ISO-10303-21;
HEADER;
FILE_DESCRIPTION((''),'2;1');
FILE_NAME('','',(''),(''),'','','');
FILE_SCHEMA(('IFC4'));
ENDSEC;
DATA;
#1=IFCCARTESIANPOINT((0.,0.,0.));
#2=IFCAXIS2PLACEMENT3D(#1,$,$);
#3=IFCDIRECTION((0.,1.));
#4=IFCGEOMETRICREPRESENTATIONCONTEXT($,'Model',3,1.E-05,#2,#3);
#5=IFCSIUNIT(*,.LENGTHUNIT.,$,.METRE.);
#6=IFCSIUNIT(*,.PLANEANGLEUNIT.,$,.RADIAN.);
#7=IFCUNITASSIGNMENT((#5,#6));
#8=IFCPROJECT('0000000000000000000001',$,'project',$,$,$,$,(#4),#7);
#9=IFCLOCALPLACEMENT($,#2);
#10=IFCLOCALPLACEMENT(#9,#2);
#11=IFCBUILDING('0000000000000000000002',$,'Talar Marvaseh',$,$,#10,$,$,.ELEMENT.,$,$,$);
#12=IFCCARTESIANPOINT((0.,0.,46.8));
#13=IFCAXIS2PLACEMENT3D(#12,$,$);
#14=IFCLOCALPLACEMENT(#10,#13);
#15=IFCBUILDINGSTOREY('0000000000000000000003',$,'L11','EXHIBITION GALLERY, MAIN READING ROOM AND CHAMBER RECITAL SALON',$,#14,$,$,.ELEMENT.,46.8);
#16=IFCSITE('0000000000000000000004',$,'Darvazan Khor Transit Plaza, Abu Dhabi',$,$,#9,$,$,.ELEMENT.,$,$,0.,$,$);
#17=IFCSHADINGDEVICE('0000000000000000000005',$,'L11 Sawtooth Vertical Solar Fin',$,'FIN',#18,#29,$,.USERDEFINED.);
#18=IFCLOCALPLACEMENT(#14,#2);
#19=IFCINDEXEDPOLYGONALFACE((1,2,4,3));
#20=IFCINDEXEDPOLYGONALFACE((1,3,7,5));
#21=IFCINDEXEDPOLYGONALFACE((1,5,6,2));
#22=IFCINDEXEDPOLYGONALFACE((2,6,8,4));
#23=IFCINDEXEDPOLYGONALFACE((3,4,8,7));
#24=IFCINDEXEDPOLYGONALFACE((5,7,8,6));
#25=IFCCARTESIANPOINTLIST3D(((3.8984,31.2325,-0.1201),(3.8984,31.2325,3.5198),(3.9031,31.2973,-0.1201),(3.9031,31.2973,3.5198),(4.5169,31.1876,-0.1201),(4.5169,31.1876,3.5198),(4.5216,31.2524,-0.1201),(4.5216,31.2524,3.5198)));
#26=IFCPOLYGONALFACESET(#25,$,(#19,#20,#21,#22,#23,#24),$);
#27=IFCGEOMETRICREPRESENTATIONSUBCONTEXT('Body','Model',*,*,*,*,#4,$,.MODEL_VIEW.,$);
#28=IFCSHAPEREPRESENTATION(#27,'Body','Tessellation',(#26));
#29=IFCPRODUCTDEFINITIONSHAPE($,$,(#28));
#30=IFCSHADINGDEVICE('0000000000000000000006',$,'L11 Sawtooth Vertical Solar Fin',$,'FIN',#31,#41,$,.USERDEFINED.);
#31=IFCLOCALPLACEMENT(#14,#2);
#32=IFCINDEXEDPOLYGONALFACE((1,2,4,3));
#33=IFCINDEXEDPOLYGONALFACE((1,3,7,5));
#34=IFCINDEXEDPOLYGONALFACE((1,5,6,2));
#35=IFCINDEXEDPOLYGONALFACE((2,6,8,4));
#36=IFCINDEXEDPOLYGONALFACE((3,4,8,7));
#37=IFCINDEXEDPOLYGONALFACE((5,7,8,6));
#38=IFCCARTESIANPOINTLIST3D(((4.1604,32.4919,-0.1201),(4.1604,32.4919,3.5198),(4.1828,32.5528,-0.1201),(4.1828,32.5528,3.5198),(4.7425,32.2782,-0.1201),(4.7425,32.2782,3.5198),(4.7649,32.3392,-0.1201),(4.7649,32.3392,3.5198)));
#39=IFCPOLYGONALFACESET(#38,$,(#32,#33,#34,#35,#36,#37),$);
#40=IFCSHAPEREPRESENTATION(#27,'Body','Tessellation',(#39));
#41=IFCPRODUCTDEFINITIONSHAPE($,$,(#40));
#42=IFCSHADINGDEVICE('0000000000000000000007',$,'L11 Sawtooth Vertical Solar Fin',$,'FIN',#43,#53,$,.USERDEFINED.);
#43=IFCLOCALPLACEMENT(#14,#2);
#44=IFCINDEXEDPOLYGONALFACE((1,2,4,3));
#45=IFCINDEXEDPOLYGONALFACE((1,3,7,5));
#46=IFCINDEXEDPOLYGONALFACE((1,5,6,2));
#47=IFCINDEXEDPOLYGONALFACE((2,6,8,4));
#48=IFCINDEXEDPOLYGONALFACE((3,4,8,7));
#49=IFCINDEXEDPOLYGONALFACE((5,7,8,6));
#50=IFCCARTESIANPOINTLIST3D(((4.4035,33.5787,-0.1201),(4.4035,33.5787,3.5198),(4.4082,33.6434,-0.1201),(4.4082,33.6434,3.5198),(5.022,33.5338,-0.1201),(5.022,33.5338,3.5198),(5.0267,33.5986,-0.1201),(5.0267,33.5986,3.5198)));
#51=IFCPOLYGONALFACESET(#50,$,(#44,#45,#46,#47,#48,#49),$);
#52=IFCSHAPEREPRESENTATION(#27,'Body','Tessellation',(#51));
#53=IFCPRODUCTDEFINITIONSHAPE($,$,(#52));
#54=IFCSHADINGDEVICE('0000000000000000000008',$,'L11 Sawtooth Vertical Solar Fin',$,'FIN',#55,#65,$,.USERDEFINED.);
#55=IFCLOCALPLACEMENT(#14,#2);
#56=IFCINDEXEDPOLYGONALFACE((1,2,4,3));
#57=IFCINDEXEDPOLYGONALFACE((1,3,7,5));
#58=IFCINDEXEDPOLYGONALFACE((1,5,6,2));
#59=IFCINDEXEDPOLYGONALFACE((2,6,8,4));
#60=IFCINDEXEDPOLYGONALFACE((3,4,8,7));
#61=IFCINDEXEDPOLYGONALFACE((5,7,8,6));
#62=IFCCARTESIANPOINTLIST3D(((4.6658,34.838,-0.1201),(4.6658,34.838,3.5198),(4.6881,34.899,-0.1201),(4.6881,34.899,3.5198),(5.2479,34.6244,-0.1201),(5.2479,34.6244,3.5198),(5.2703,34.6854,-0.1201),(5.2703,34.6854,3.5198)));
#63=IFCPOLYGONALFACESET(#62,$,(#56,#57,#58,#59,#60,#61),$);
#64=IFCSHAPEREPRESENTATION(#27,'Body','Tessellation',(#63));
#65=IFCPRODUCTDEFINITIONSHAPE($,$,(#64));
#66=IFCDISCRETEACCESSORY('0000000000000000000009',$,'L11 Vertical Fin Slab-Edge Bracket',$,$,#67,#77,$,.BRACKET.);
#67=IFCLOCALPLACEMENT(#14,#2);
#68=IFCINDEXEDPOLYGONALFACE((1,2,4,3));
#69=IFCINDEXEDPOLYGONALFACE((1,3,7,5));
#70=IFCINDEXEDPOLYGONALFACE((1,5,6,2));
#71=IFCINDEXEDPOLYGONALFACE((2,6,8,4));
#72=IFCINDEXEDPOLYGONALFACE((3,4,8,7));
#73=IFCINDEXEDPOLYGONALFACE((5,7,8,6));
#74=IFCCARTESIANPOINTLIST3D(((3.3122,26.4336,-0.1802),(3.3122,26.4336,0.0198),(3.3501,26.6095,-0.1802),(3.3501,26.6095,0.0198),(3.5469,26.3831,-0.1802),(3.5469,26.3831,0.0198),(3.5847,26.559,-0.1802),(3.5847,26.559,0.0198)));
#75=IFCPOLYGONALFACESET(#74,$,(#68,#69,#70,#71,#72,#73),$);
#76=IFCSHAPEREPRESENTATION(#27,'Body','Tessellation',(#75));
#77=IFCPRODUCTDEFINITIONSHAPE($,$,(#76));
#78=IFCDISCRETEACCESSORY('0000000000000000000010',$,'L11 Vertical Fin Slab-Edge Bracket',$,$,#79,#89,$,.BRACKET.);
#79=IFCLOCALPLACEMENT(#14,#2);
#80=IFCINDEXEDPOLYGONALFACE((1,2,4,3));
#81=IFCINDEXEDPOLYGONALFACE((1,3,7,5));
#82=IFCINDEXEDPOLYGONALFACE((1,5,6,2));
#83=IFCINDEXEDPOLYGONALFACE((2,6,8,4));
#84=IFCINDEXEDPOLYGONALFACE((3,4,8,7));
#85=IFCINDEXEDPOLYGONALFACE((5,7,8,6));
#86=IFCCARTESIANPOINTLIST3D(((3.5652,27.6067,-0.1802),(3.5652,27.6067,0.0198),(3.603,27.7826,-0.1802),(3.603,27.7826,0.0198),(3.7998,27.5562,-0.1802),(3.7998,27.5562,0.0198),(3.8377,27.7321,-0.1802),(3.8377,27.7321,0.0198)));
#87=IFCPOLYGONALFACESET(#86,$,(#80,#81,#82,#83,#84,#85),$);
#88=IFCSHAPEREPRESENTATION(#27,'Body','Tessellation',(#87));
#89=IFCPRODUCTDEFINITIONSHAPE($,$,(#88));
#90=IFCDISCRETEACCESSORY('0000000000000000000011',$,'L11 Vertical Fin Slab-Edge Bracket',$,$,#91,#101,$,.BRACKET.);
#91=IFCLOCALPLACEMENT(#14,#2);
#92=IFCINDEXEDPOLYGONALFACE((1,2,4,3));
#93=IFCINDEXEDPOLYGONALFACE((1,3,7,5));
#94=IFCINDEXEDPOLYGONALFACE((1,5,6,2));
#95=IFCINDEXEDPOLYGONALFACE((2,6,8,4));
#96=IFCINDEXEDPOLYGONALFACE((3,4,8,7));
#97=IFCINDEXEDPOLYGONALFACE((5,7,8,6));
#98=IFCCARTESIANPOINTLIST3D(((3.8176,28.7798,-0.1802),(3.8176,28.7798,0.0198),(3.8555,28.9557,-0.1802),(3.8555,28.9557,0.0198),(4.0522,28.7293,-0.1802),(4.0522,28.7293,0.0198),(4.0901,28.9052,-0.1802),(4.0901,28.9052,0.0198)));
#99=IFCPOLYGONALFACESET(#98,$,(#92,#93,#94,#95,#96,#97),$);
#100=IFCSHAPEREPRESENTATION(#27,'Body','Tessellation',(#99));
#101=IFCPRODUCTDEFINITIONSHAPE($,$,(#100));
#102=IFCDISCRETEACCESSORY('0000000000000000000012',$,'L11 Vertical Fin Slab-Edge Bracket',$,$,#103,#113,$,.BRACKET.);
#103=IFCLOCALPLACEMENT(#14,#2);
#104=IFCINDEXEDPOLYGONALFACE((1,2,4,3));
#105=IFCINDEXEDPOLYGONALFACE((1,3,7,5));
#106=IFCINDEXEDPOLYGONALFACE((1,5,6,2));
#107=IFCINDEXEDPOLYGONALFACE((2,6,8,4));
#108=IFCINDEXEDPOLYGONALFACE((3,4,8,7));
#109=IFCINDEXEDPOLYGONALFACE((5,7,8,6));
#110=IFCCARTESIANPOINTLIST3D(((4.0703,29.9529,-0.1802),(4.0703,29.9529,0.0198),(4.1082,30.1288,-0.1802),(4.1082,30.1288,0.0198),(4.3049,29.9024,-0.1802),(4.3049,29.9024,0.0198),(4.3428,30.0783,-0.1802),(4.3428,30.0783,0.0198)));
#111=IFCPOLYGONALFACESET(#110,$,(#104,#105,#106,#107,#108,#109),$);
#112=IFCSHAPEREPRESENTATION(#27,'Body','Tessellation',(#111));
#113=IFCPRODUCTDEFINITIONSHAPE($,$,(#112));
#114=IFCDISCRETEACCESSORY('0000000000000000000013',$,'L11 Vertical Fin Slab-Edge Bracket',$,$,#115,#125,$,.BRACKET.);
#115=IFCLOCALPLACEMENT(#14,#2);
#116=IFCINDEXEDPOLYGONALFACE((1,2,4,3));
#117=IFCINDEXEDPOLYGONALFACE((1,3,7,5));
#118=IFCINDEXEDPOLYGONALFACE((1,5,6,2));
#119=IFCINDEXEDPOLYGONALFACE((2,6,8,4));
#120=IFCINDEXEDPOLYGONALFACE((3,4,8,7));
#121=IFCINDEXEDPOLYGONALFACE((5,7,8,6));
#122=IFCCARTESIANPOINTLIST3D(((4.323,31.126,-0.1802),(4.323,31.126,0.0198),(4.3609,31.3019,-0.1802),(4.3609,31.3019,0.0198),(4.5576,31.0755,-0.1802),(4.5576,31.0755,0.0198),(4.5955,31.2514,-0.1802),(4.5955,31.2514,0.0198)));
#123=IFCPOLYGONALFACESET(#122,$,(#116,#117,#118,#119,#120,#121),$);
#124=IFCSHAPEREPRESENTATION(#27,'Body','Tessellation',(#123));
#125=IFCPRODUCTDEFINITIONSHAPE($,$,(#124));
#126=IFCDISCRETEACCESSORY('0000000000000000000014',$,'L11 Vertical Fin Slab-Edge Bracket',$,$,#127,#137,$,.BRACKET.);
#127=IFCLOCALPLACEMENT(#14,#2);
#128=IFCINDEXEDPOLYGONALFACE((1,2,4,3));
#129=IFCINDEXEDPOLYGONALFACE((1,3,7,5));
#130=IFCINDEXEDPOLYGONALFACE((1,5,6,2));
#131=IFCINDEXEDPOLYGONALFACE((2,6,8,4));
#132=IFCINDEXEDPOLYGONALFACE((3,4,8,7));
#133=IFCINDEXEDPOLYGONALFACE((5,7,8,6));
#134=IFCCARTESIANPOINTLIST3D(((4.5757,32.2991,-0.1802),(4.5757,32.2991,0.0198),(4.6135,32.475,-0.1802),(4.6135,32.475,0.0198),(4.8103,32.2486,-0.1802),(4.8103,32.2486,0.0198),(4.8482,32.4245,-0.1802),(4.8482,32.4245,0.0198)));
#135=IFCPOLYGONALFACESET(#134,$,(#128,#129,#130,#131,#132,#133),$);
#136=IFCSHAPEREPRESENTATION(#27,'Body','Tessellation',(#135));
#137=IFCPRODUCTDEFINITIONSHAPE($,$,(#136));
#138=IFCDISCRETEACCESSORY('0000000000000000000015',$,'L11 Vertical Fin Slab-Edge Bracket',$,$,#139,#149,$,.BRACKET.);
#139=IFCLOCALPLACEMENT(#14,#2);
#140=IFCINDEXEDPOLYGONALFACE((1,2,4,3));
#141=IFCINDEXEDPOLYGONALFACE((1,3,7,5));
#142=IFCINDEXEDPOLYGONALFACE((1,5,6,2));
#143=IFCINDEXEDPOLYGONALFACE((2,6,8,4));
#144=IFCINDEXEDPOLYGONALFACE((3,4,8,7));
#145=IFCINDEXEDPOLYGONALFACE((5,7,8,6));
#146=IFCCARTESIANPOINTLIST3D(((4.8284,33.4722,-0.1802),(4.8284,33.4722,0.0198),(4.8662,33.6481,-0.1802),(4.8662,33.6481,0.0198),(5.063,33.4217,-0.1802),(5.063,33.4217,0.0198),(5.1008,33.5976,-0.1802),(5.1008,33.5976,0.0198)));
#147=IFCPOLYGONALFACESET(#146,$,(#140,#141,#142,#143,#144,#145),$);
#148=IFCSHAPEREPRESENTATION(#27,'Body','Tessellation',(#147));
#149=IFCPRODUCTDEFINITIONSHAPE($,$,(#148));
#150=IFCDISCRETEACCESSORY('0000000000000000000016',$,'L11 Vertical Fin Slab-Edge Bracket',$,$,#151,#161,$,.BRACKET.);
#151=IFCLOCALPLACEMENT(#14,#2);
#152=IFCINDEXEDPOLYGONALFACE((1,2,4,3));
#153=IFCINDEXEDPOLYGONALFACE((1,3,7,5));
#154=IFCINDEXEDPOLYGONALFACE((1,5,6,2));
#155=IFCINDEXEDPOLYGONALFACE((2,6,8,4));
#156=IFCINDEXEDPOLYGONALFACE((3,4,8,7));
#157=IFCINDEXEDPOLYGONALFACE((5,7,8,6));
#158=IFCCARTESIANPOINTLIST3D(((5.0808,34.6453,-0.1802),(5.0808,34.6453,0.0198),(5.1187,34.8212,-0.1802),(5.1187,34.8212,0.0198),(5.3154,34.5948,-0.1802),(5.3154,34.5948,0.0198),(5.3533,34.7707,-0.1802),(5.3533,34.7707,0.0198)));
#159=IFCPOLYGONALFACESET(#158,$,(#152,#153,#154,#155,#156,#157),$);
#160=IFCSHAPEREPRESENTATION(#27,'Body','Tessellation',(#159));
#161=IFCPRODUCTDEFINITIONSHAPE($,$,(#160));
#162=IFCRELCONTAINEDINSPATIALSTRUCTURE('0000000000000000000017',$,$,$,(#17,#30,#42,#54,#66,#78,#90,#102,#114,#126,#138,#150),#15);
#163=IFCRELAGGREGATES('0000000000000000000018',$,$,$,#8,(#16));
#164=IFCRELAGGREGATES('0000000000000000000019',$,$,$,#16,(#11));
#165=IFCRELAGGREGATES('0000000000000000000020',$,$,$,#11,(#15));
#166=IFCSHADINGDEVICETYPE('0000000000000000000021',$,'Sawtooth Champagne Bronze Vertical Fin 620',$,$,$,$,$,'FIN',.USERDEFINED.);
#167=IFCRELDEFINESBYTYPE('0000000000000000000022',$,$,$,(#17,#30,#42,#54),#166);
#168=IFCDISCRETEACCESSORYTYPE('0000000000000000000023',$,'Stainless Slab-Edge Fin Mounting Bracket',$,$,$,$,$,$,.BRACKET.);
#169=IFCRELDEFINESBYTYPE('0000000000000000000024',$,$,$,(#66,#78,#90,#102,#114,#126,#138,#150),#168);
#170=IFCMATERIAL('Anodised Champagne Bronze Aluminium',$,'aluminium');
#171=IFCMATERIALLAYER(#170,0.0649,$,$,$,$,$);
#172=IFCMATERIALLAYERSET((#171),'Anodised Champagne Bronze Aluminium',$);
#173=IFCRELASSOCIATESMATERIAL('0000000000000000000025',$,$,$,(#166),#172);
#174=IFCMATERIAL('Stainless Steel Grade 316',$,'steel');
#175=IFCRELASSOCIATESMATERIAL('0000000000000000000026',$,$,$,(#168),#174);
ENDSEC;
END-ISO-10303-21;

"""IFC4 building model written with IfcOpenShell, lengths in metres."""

from ifc_helpers import new_model, si_unit, direction, frame, origin, origin_2d, place, context, subcontext, project, spatial, rectangle, extrude, source, transform, mapped, material, layer, layer_set, type_object, type_shapes, element, save


model = new_model("IFC4")

# Units and contexts
model_context = context("Model", 3, precision=1e-05, world=origin(), true_north=direction((0.0, 1.0)))
body_context = subcontext(model_context, "Body", "Model", "MODEL_VIEW")
ifc_project = project(units=[si_unit("LENGTHUNIT", "METRE"), si_unit("PLANEANGLEUNIT", "RADIAN")], contexts=[model_context])

# Site, building, storey
site_placement = place(None, origin())
site = spatial("IfcSite", under=ifc_project, at=site_placement, Name="Darvazan Khor Transit Plaza, Abu Dhabi", CompositionType="ELEMENT", RefElevation=0.0)
building_placement = place(site_placement, origin())
building = spatial("IfcBuilding", under=site, at=building_placement, Name="Talar Marvaseh", CompositionType="ELEMENT")
storey_placement = place(building_placement, frame((0.0, 0.0, 46.8)))
storey = spatial("IfcBuildingStorey", under=building, at=storey_placement, Name="L11", Description="EXHIBITION GALLERY, MAIN READING ROOM AND CHAMBER RECITAL SALON", CompositionType="ELEMENT", Elevation=46.8)

# Shading devices
ifc_material_1 = material(Name="Anodised Champagne Bronze Aluminium", Category="aluminium")
ifc_layer_1 = layer(ifc_material_1, 0.0649)
ifc_layer_set_1 = layer_set([ifc_layer_1], Name="Anodised Champagne Bronze Aluminium")
shading_device_type_1 = type_object("IfcShadingDeviceType", Name="Sawtooth Champagne Bronze Vertical Fin 620", ElementType="FIN", PredefinedType="USERDEFINED", material=ifc_layer_set_1)
shared_shape_1 = source(origin(), body_context, "Body", "SweptSolid", [
    extrude(rectangle(XDim=0.6201, YDim=0.0649, at=origin_2d()), origin(), (0.0, 0.0, 1.0), 3.6399),
])
type_shapes(shading_device_type_1, [shared_shape_1])
for number, where, z_axis, x_axis, name in (
    (1, (4.21, 31.2424, -0.1201), (0.0, 0.0, 1.0), (-0.997378, 0.072368, 0.0), "L11 Sawtooth Vertical Solar Fin"),
    (2, (4.4626, 32.4155, -0.1201), (0.0, 0.0, 1.0), (-0.938794, 0.344479, 0.0), "L11 Sawtooth Vertical Solar Fin"),
    (3, (4.7151, 33.5886, -0.1201), (0.0, 0.0, 1.0), (-0.997378, 0.072368, 0.0), "L11 Sawtooth Vertical Solar Fin"),
    (4, (4.968, 34.7617, -0.1201), (0.0, 0.0, 1.0), (-0.938794, 0.344479, 0.0), "L11 Sawtooth Vertical Solar Fin"),
):
    element("IfcShadingDevice", number, at=place(storey_placement, frame(where, z_axis=z_axis, x_axis=x_axis)), inside=storey, type_object=shading_device_type_1, Name=name, ObjectType="FIN", PredefinedType="USERDEFINED", context=body_context, shape_type="MappedRepresentation", body=[
        mapped(shared_shape_1, transform((0.0, 0.0, 0.0), x_axis=(1.0, 0.0, 0.0), y_axis=(0.0, 1.0, 0.0), z_axis=(0.0, 0.0, 1.0), scale=1.0)),
    ])

# Discrete accessories
ifc_material_2 = material(Name="Stainless Steel Grade 316", Category="steel")
discrete_accessory_type = type_object("IfcDiscreteAccessoryType", Name="Stainless Slab-Edge Fin Mounting Bracket", PredefinedType="BRACKET", material=ifc_material_2)
shared_shape_2 = source(origin(), body_context, "Body", "SweptSolid", [
    extrude(rectangle(XDim=0.24, YDim=0.1799, at=origin_2d()), origin(), (0.0, 0.0, 1.0), 0.2),
])
type_shapes(discrete_accessory_type, [shared_shape_2])
for number, where, z_axis, x_axis, name in (
    (5, (3.4485, 26.4963, -0.1802), (0.0, 0.0, 1.0), (-0.9776, 0.210472, 0.0), "L11 Vertical Fin Slab-Edge Bracket"),
    (6, (3.7014, 27.6694, -0.1802), (0.0, 0.0, 1.0), (-0.9776, 0.210472, 0.0), "L11 Vertical Fin Slab-Edge Bracket"),
    (7, (3.9539, 28.8425, -0.1802), (0.0, 0.0, 1.0), (-0.9776, 0.210472, 0.0), "L11 Vertical Fin Slab-Edge Bracket"),
    (8, (4.2065, 30.0156, -0.1802), (0.0, 0.0, 1.0), (-0.9776, 0.210472, 0.0), "L11 Vertical Fin Slab-Edge Bracket"),
    (9, (4.4592, 31.1887, -0.1802), (0.0, 0.0, 1.0), (-0.9776, 0.210472, 0.0), "L11 Vertical Fin Slab-Edge Bracket"),
    (10, (4.7119, 32.3618, -0.1802), (0.0, 0.0, 1.0), (-0.9776, 0.210472, 0.0), "L11 Vertical Fin Slab-Edge Bracket"),
    (11, (4.9646, 33.5349, -0.1802), (0.0, 0.0, 1.0), (-0.9776, 0.210472, 0.0), "L11 Vertical Fin Slab-Edge Bracket"),
    (12, (5.217, 34.708, -0.1802), (0.0, 0.0, 1.0), (-0.9776, 0.210472, 0.0), "L11 Vertical Fin Slab-Edge Bracket"),
):
    element("IfcDiscreteAccessory", number, at=place(storey_placement, frame(where, z_axis=z_axis, x_axis=x_axis)), inside=storey, type_object=discrete_accessory_type, Name=name, PredefinedType="BRACKET", context=body_context, shape_type="MappedRepresentation", body=[
        mapped(shared_shape_2, transform((0.0, 0.0, 0.0), x_axis=(1.0, 0.0, 0.0), y_axis=(0.0, 1.0, 0.0), z_axis=(0.0, 0.0, 1.0), scale=1.0)),
    ])

save(model, "model.ifc")
